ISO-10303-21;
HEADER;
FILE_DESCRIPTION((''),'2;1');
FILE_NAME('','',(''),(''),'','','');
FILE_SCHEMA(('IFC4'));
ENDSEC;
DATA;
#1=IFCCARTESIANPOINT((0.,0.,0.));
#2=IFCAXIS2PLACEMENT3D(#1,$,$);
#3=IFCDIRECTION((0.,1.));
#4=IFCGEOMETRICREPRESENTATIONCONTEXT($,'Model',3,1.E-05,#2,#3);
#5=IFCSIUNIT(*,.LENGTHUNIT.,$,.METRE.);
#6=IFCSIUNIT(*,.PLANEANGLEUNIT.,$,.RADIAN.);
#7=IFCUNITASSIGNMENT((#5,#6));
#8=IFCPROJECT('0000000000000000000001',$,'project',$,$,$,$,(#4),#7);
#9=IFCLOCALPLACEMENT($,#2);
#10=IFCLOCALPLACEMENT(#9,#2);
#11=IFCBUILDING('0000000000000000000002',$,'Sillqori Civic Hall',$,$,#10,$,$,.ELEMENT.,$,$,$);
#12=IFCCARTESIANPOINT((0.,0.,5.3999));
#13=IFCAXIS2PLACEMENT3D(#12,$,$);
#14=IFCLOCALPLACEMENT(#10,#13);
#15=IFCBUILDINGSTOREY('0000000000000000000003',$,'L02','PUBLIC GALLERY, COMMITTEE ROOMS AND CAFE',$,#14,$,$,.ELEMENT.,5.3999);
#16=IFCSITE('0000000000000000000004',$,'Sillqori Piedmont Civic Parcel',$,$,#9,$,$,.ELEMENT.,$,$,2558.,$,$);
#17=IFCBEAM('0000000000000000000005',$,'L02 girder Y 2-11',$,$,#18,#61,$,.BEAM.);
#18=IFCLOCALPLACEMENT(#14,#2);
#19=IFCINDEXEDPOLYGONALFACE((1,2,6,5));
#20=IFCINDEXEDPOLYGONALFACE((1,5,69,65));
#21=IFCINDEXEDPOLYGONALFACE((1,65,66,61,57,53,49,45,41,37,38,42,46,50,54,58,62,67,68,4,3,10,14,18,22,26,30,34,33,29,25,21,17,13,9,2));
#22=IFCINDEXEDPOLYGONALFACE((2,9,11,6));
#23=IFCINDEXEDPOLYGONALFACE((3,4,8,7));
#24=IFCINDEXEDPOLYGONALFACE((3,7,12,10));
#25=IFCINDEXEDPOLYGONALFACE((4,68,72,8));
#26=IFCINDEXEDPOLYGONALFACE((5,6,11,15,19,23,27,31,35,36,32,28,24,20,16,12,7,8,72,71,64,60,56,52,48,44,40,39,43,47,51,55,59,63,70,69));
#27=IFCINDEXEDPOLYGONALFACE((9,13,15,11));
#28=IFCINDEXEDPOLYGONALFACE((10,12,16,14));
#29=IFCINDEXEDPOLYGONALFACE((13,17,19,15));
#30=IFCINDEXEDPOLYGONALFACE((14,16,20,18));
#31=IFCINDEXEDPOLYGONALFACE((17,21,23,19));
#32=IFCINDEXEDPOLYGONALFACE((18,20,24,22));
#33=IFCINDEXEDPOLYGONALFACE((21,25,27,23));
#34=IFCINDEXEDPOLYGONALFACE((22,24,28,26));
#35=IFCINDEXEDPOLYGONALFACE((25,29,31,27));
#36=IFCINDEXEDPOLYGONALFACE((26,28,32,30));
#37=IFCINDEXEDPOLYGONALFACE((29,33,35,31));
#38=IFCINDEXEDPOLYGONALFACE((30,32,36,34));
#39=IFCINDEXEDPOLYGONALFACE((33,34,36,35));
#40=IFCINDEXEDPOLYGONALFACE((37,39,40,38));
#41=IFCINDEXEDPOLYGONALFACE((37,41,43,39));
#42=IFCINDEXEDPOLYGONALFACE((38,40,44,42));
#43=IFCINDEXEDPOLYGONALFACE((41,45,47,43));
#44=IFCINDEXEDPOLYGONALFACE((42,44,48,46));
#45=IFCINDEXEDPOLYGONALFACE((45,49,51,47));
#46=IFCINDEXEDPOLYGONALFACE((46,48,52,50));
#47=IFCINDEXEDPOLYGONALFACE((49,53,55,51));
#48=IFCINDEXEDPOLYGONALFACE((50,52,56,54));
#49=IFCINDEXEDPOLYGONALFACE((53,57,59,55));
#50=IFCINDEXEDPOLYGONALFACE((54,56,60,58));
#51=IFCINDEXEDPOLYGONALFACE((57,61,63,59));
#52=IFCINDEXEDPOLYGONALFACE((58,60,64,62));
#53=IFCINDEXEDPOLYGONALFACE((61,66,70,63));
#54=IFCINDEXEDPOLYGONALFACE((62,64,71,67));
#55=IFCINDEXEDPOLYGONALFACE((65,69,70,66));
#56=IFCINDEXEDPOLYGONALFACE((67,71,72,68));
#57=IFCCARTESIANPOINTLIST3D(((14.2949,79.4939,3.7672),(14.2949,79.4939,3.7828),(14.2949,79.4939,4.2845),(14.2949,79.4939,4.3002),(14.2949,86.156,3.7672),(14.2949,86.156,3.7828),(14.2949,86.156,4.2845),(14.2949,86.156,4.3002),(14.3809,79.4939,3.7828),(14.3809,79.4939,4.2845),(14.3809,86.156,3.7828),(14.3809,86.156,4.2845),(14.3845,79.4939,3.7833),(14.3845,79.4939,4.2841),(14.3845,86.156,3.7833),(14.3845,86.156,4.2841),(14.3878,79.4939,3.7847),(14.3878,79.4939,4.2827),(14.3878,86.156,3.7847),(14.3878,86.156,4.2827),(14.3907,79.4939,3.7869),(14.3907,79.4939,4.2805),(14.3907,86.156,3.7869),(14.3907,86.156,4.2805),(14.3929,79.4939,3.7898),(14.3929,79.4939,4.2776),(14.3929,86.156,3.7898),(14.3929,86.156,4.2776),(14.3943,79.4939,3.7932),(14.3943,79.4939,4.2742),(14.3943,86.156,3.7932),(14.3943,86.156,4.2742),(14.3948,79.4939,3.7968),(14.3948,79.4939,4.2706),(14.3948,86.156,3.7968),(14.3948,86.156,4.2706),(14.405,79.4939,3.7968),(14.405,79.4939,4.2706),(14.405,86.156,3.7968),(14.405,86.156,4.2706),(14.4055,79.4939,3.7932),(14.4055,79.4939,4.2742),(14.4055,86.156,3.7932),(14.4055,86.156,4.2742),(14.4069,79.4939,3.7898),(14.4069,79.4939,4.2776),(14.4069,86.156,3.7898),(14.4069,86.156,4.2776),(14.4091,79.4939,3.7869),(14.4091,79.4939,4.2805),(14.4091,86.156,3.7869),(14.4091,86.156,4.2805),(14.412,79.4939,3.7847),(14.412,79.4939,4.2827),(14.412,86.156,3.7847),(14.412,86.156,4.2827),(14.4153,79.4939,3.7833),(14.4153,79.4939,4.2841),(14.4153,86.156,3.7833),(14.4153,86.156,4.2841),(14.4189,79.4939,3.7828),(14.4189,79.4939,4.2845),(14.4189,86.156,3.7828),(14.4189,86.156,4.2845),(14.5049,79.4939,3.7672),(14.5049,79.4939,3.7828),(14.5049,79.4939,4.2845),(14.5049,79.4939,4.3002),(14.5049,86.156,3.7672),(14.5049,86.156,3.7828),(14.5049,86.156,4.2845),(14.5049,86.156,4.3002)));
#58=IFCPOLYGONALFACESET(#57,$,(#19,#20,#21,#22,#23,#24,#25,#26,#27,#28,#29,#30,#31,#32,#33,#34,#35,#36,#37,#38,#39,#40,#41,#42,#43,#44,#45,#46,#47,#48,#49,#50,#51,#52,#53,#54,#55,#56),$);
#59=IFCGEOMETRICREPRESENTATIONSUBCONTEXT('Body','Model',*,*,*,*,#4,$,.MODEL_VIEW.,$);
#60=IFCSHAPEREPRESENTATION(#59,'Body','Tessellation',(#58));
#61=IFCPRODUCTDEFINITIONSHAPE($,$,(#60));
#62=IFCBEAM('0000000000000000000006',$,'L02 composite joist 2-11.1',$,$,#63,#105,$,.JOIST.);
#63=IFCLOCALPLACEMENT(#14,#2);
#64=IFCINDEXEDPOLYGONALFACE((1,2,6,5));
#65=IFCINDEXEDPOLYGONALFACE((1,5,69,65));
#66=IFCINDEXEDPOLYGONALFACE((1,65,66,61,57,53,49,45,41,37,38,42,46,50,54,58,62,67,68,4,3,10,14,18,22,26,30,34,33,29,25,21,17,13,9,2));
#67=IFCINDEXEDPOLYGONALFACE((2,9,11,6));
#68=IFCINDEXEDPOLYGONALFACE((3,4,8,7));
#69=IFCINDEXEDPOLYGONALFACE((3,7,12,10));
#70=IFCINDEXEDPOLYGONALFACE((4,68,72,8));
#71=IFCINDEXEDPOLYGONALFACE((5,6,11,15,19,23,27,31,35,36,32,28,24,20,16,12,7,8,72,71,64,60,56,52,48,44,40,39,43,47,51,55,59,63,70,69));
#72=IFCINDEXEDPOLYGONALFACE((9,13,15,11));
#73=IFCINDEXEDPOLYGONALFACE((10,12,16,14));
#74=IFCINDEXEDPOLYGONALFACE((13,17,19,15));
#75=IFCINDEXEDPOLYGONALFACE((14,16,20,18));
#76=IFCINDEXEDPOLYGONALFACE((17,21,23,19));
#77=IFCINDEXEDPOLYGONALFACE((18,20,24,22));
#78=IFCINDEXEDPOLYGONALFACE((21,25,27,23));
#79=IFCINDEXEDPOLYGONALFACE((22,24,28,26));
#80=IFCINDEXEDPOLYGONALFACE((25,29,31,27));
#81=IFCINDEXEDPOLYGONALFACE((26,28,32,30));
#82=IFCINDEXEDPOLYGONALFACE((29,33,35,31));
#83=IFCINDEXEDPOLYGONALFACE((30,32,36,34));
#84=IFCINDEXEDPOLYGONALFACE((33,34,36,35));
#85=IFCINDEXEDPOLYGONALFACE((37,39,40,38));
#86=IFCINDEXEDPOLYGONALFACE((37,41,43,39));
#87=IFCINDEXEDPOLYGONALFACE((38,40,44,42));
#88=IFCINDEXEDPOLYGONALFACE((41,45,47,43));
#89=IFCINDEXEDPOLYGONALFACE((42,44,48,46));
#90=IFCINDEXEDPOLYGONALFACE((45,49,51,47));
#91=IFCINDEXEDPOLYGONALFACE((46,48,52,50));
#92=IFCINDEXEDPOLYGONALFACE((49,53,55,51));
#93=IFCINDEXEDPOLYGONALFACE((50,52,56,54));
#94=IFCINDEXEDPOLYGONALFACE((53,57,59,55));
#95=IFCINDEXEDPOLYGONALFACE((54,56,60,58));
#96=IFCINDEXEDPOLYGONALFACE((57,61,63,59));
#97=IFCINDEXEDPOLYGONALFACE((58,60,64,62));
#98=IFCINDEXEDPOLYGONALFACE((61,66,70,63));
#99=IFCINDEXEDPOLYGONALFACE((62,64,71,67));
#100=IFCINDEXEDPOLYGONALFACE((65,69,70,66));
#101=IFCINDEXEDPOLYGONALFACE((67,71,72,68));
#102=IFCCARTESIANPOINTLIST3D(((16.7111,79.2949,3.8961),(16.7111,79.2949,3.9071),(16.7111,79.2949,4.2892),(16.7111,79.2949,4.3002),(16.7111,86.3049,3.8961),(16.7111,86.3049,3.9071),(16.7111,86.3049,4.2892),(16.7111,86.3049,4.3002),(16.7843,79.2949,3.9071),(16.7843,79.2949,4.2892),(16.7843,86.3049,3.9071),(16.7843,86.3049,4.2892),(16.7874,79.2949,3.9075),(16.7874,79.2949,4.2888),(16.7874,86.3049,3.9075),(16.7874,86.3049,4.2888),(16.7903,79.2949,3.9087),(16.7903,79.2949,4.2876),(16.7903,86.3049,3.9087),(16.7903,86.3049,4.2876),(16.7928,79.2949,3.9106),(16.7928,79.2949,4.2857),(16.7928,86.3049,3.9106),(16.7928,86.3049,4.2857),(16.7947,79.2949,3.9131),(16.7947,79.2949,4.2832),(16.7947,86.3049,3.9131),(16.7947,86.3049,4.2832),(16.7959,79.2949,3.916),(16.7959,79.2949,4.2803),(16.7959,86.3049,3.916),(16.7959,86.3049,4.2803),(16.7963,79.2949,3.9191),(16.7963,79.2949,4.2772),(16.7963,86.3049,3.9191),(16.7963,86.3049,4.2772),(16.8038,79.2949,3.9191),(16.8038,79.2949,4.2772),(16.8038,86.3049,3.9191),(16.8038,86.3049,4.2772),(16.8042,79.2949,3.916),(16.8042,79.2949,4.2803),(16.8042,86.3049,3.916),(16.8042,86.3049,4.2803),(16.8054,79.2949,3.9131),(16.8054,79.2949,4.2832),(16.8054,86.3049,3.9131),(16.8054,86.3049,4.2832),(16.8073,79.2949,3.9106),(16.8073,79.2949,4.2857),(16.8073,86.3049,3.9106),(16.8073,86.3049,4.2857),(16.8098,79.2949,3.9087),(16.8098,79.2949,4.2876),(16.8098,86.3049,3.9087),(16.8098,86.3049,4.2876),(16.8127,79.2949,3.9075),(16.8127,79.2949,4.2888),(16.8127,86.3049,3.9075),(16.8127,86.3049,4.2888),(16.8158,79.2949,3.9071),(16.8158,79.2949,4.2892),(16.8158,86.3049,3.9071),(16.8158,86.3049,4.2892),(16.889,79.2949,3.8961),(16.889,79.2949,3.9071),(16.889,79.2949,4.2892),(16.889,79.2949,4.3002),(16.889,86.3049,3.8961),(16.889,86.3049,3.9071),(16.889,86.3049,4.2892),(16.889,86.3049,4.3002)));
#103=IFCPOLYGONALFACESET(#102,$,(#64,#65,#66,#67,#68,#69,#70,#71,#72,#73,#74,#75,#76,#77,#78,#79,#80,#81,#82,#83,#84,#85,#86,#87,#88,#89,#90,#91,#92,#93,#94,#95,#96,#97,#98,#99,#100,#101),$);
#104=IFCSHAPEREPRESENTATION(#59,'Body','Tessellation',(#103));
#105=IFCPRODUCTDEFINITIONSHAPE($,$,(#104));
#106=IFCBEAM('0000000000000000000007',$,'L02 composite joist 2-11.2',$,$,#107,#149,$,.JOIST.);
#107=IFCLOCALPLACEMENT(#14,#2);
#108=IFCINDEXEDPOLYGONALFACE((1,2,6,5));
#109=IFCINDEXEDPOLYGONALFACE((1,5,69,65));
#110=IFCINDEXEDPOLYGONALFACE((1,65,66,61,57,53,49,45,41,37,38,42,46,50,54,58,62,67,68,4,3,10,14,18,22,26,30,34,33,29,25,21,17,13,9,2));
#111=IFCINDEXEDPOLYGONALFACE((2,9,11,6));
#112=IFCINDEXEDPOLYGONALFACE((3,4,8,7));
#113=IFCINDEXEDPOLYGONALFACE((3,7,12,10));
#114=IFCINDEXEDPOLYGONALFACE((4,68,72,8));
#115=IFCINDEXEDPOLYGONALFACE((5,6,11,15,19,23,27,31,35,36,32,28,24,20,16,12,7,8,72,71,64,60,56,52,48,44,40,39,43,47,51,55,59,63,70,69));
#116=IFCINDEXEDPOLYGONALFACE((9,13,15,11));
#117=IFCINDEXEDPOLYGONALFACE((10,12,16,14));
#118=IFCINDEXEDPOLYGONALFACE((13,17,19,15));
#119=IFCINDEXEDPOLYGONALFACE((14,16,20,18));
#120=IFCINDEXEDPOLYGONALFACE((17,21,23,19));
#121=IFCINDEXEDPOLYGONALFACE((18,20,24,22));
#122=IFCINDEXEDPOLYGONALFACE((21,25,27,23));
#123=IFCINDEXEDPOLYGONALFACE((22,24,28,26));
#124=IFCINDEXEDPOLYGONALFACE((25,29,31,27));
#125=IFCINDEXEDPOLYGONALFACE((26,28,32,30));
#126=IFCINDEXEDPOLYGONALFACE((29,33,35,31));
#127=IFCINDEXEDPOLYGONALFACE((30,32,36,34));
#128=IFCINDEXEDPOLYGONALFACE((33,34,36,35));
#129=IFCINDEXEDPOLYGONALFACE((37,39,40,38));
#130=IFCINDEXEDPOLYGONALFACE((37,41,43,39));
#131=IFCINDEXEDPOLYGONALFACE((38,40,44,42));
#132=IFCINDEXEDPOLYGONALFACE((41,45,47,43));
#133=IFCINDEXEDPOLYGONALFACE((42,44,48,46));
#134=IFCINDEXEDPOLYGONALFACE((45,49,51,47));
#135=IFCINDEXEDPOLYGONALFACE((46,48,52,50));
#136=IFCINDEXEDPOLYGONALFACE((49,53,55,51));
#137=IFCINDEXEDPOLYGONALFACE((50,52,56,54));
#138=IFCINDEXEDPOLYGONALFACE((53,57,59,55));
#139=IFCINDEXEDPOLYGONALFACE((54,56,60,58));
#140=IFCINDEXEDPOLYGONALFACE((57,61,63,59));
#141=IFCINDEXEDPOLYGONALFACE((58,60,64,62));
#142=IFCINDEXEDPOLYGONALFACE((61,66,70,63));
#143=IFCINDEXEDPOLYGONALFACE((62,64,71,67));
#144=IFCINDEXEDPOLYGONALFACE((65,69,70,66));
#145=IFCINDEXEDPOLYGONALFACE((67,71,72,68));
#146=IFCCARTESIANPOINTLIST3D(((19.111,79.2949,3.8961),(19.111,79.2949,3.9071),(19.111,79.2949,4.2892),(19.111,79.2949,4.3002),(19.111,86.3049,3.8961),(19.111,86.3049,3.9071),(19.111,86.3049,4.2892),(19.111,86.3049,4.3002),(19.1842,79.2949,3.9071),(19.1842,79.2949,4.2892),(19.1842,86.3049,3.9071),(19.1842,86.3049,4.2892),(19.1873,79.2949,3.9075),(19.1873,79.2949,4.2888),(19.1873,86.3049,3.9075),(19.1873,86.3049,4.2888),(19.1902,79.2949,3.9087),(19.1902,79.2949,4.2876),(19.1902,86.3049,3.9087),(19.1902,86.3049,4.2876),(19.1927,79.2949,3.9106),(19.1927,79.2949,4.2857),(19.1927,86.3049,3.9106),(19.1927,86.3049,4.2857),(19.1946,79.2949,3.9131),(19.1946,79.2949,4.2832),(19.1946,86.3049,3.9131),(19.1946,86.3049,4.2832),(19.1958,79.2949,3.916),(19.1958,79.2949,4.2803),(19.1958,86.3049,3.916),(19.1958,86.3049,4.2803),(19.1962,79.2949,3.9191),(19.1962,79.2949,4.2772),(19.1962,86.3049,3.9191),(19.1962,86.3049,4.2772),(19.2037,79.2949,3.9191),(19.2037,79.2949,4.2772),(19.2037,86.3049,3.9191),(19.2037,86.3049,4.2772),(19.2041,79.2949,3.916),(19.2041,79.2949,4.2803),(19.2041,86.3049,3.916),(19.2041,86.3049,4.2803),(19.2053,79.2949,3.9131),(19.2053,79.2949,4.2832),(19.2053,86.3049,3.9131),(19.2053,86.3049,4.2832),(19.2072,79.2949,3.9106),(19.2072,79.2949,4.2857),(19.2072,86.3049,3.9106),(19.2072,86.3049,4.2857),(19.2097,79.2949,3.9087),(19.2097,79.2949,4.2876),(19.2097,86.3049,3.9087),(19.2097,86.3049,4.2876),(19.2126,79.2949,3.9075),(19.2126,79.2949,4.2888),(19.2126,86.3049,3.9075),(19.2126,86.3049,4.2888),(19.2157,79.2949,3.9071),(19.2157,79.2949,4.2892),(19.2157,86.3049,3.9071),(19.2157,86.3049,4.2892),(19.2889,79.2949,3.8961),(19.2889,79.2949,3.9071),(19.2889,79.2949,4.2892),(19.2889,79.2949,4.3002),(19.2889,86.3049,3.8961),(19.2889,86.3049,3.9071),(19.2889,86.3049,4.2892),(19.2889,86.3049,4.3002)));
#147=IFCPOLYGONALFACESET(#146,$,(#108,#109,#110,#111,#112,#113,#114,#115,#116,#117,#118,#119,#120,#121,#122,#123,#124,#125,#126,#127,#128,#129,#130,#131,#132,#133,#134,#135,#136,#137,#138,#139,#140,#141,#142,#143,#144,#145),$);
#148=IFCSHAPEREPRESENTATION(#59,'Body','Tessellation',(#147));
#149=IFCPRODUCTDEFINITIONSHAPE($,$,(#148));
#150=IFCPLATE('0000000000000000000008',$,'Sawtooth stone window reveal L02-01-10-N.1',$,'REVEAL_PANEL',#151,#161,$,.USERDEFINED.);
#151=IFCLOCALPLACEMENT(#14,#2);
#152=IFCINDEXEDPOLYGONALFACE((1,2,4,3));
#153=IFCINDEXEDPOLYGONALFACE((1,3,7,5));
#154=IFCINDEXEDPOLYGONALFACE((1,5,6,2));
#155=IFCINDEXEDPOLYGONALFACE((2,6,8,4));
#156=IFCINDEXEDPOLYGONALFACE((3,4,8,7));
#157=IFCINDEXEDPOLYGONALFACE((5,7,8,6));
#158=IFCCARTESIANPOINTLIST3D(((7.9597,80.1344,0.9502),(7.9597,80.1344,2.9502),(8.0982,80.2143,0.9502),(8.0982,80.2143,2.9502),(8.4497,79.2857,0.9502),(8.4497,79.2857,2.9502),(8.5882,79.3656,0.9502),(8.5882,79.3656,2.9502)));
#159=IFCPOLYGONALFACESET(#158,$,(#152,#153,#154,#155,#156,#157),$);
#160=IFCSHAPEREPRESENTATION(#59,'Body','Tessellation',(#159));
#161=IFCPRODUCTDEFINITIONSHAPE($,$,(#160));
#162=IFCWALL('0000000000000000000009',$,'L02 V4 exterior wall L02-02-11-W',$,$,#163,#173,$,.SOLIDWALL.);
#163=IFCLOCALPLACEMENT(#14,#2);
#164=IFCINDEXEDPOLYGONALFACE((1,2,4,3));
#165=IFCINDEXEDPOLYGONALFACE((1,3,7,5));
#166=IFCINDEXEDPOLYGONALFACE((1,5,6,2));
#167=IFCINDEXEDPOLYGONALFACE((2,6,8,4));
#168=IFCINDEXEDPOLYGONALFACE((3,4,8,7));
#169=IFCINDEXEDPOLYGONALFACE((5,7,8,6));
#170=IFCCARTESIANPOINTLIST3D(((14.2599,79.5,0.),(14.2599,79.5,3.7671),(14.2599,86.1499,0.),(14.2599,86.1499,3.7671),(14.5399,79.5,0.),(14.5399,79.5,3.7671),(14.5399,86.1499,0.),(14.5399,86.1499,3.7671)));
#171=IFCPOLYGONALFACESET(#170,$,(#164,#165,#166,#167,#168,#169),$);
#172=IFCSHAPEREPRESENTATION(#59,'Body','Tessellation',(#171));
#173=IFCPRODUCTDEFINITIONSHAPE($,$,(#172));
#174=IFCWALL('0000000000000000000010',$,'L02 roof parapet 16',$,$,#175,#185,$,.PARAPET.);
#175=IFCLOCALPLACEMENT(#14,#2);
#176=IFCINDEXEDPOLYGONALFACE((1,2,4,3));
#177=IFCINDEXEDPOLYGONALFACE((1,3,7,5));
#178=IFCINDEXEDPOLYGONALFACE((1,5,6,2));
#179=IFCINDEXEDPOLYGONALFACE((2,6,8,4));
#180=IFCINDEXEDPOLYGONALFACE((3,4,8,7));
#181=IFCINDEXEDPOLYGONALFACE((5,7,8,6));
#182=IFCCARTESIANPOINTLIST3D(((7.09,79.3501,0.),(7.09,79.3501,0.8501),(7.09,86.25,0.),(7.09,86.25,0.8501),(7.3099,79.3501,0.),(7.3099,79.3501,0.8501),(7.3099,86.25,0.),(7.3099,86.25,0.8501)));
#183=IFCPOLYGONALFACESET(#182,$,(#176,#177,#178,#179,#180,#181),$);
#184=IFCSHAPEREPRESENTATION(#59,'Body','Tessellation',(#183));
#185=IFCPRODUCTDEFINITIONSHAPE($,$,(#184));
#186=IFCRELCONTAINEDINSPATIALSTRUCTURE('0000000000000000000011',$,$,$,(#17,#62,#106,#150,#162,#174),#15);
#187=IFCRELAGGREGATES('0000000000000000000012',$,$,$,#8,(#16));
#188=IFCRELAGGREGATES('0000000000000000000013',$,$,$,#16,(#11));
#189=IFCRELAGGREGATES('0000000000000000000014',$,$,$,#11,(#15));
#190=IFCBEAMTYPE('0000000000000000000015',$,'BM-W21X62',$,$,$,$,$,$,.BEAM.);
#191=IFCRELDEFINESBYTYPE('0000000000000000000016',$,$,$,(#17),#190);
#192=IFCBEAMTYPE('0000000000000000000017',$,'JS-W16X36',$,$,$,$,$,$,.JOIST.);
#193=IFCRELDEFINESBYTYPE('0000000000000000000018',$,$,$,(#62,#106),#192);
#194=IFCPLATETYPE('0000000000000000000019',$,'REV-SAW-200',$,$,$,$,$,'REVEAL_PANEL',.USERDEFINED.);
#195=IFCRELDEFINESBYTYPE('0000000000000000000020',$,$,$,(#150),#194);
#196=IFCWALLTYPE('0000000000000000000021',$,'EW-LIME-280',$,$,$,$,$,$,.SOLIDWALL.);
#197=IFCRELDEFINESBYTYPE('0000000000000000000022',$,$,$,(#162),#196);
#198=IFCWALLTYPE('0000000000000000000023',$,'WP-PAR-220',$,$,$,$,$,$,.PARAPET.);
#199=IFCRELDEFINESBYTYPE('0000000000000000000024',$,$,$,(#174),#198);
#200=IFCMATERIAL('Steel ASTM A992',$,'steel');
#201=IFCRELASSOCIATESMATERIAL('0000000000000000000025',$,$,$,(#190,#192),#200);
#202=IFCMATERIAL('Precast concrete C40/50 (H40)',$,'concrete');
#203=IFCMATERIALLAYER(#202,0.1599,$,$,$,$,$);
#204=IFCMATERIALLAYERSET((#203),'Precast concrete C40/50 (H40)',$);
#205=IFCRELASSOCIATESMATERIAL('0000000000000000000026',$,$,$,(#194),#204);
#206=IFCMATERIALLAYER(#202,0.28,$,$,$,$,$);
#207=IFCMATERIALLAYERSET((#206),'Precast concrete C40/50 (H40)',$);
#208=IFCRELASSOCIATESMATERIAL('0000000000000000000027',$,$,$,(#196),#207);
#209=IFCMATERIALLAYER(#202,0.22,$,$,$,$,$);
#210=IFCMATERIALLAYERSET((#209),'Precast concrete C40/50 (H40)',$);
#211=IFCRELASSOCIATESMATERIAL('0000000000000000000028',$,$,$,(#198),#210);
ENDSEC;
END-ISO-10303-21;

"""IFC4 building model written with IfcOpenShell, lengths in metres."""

from ifc_helpers import new_model, si_unit, direction, frame, frame_2d, origin, origin_2d, place, context, subcontext, project, spatial, rectangle, i_section, extrude, material, layer, layer_set, material_profile, profile_set, type_object, element, save


model = new_model("IFC4")

# Units and contexts
model_context = context("Model", 3, precision=1e-05, world=origin(), true_north=direction((0.0, 1.0)))
body_context = subcontext(model_context, "Body", "Model", "MODEL_VIEW")
ifc_project = project(units=[si_unit("LENGTHUNIT", "METRE"), si_unit("PLANEANGLEUNIT", "RADIAN")], contexts=[model_context])

# Site, building, storey
site_placement = place(None, origin())
site = spatial("IfcSite", under=ifc_project, at=site_placement, Name="Sillqori Piedmont Civic Parcel", CompositionType="ELEMENT", RefElevation=2558.0)
building_placement = place(site_placement, origin())
building = spatial("IfcBuilding", under=site, at=building_placement, Name="Sillqori Civic Hall", CompositionType="ELEMENT")
storey_placement = place(building_placement, frame((0.0, 0.0, 5.3999)))
storey = spatial("IfcBuildingStorey", under=building, at=storey_placement, Name="L02", Description="PUBLIC GALLERY, COMMITTEE ROOMS AND CAFE", CompositionType="ELEMENT", Elevation=5.3999)

# Beams
ifc_material_1 = material(Name="Steel ASTM A992", Category="steel")
ifc_material_profile_1 = material_profile(ifc_material_1, i_section(OverallWidth=0.21, OverallDepth=0.533, WebThickness=0.0103, FlangeThickness=0.0156, FilletRadius=0.0139, at=origin_2d()), Name="W21X62")
ifc_profile_set_1 = profile_set([ifc_material_profile_1], Name="Steel ASTM A992")
beam_type_1 = type_object("IfcBeamType", Name="BM-W21X62", PredefinedType="BEAM", material=ifc_profile_set_1)
beam_placement = place(storey_placement, frame((14.3999, 79.4939, 4.0337), z_axis=(0.0, 1.0, 0.0), x_axis=(-1.0, 0.0, 0.0)))
element("IfcBeam", 1, at=beam_placement, inside=storey, type_object=beam_type_1, Name="L02 girder Y 2-11", PredefinedType="BEAM", context=body_context, shape_type="SweptSolid", body=[
    extrude(i_section(OverallWidth=0.21, OverallDepth=0.533, WebThickness=0.0103, FlangeThickness=0.0156, FilletRadius=0.0139, at=origin_2d()), origin(), (0.0, 0.0, 1.0), 6.6621),
])
ifc_material_profile_2 = material_profile(ifc_material_1, i_section(OverallWidth=0.178, OverallDepth=0.4041, WebThickness=0.0076, FlangeThickness=0.011, FilletRadius=0.012, at=origin_2d()), Name="W16X36")
ifc_profile_set_2 = profile_set([ifc_material_profile_2], Name="Steel ASTM A992")
beam_type_2 = type_object("IfcBeamType", Name="JS-W16X36", PredefinedType="JOIST", material=ifc_profile_set_2)
for number, where, z_axis, x_axis, name in (
    (2, (16.8, 79.2949, 4.0981), (0.0, 1.0, 0.0), (-1.0, 0.0, 0.0), "L02 composite joist 2-11.1"),
    (3, (19.2, 79.2949, 4.0981), (0.0, 1.0, 0.0), (-1.0, 0.0, 0.0), "L02 composite joist 2-11.2"),
):
    element("IfcBeam", number, at=place(storey_placement, frame(where, z_axis=z_axis, x_axis=x_axis)), inside=storey, type_object=beam_type_2, Name=name, PredefinedType="JOIST", context=body_context, shape_type="SweptSolid", body=[
        extrude(i_section(OverallWidth=0.178, OverallDepth=0.4041, WebThickness=0.0076, FlangeThickness=0.011, FilletRadius=0.012, at=origin_2d()), origin(), (0.0, 0.0, 1.0), 7.01),
    ])

# Plate
ifc_material_2 = material(Name="Precast concrete C40/50 (H40)", Category="concrete")
ifc_layer_1 = layer(ifc_material_2, 0.1599)
ifc_layer_set_1 = layer_set([ifc_layer_1], Name="Precast concrete C40/50 (H40)")
plate_type = type_object("IfcPlateType", Name="REV-SAW-200", ElementType="REVEAL_PANEL", PredefinedType="USERDEFINED", material=ifc_layer_set_1)
plate_placement = place(storey_placement, frame((8.2739, 79.75, 0.9502), z_axis=(0.0, 0.0, 1.0), x_axis=(0.866025, 0.5, 0.0)))
element("IfcPlate", 4, at=plate_placement, inside=storey, type_object=plate_type, Name="Sawtooth stone window reveal L02-01-10-N.1", ObjectType="REVEAL_PANEL", PredefinedType="USERDEFINED", context=body_context, shape_type="SweptSolid", body=[
    extrude(rectangle(XDim=0.1599, YDim=0.98, at=origin_2d()), origin(), (0.0, 0.0, 1.0), 2.0),
])

# Walls
ifc_layer_2 = layer(ifc_material_2, 0.28)
ifc_layer_set_2 = layer_set([ifc_layer_2], Name="Precast concrete C40/50 (H40)")
wall_type_1 = type_object("IfcWallType", Name="EW-LIME-280", PredefinedType="SOLIDWALL", material=ifc_layer_set_2)
wall_1_placement = place(storey_placement, frame((14.3999, 79.5, 0.0), z_axis=(0.0, 0.0, 1.0), x_axis=(0.0, 1.0, 0.0)))
element("IfcWall", 5, at=wall_1_placement, inside=storey, type_object=wall_type_1, Name="L02 V4 exterior wall L02-02-11-W", PredefinedType="SOLIDWALL", context=body_context, shape_type="SweptSolid", body=[
    extrude(rectangle(XDim=6.6499, YDim=0.28, at=frame_2d((3.325, 0.0))), origin(), (0.0, 0.0, 1.0), 3.7671),
])
ifc_layer_3 = layer(ifc_material_2, 0.22)
ifc_layer_set_3 = layer_set([ifc_layer_3], Name="Precast concrete C40/50 (H40)")
wall_type_2 = type_object("IfcWallType", Name="WP-PAR-220", PredefinedType="PARAPET", material=ifc_layer_set_3)
wall_2_placement = place(storey_placement, frame((7.2, 79.3501, 0.0), z_axis=(0.0, 0.0, 1.0), x_axis=(0.0, 1.0, 0.0)))
element("IfcWall", 6, at=wall_2_placement, inside=storey, type_object=wall_type_2, Name="L02 roof parapet 16", PredefinedType="PARAPET", context=body_context, shape_type="SweptSolid", body=[
    extrude(rectangle(XDim=6.8999, YDim=0.22, at=frame_2d((3.45, 0.0))), origin(), (0.0, 0.0, 1.0), 0.8501),
])

save(model, "model.ifc")
